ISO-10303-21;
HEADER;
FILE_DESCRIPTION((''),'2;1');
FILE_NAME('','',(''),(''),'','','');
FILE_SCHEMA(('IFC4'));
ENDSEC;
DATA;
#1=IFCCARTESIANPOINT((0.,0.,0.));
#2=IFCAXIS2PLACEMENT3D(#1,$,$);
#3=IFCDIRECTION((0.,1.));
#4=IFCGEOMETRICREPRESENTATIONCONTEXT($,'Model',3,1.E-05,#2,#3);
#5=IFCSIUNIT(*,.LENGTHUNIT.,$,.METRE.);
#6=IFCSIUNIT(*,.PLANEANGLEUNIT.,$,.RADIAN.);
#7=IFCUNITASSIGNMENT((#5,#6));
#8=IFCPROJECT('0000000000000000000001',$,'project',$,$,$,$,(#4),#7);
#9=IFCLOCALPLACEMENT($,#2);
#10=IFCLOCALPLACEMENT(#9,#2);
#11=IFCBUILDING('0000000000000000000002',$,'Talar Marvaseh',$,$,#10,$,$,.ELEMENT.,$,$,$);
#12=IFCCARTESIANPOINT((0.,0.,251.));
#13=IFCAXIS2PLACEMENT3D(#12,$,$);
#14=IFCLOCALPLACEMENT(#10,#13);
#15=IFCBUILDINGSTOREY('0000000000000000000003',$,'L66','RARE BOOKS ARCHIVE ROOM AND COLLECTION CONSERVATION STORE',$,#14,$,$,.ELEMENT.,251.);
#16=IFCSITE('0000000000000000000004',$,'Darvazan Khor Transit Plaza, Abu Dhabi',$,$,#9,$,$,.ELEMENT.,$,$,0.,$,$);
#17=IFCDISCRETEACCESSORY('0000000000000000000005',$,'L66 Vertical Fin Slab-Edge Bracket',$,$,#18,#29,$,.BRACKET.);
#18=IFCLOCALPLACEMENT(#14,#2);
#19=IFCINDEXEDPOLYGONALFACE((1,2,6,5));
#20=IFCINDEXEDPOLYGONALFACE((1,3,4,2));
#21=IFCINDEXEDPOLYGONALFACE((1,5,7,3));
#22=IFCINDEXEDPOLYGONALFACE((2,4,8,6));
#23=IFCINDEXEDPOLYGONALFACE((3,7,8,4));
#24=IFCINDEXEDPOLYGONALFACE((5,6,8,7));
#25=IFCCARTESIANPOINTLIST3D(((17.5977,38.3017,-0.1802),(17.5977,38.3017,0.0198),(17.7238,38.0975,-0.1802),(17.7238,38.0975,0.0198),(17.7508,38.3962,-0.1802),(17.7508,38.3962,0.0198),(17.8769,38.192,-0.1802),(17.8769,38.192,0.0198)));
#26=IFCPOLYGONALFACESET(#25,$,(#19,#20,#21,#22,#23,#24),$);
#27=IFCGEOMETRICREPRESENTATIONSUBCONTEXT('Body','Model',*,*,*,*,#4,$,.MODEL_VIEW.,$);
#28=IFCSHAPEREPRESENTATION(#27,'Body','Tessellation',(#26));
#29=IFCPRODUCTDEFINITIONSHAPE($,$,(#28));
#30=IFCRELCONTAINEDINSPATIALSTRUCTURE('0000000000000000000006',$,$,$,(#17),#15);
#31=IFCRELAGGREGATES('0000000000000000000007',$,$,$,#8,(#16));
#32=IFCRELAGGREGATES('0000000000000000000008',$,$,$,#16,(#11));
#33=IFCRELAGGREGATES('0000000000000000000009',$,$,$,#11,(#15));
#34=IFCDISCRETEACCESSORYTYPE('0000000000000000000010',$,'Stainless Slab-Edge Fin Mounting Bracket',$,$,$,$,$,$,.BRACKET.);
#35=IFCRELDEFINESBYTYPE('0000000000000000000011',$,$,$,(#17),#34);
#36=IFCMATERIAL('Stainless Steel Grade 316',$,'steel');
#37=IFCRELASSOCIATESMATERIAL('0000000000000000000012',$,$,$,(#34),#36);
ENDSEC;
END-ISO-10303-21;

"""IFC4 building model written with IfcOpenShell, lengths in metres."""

from ifc_helpers import new_model, si_unit, direction, frame, origin, origin_2d, place, context, subcontext, project, spatial, rectangle, extrude, source, transform, mapped, material, type_object, type_shapes, element, save


model = new_model("IFC4")

# Units and contexts
model_context = context("Model", 3, precision=1e-05, world=origin(), true_north=direction((0.0, 1.0)))
body_context = subcontext(model_context, "Body", "Model", "MODEL_VIEW")
ifc_project = project(units=[si_unit("LENGTHUNIT", "METRE"), si_unit("PLANEANGLEUNIT", "RADIAN")], contexts=[model_context])

# Site, building, storey
site_placement = place(None, origin())
site = spatial("IfcSite", under=ifc_project, at=site_placement, Name="Darvazan Khor Transit Plaza, Abu Dhabi", CompositionType="ELEMENT", RefElevation=0.0)
building_placement = place(site_placement, origin())
building = spatial("IfcBuilding", under=site, at=building_placement, Name="Talar Marvaseh", CompositionType="ELEMENT")
storey_placement = place(building_placement, frame((0.0, 0.0, 251.0)))
storey = spatial("IfcBuildingStorey", under=building, at=storey_placement, Name="L66", Description="RARE BOOKS ARCHIVE ROOM AND COLLECTION CONSERVATION STORE", CompositionType="ELEMENT", Elevation=251.0)

# Discrete accessory
ifc_material_1 = material(Name="Stainless Steel Grade 316", Category="steel")
discrete_accessory_type = type_object("IfcDiscreteAccessoryType", Name="Stainless Slab-Edge Fin Mounting Bracket", PredefinedType="BRACKET", material=ifc_material_1)
shared_shape_1 = source(origin(), body_context, "Body", "SweptSolid", [
    extrude(rectangle(XDim=0.24, YDim=0.1799, at=origin_2d()), origin(), (0.0, 0.0, 1.0), 0.2),
])
type_shapes(discrete_accessory_type, [shared_shape_1])
for number, where, z_axis, x_axis, name in (
    (1, (17.7373, 38.2468, -0.1802), (0.0, 0.0, 1.0), (-0.525175, 0.850994, 0.0), "L66 Vertical Fin Slab-Edge Bracket"),
):
    element("IfcDiscreteAccessory", number, at=place(storey_placement, frame(where, z_axis=z_axis, x_axis=x_axis)), inside=storey, type_object=discrete_accessory_type, Name=name, PredefinedType="BRACKET", context=body_context, shape_type="MappedRepresentation", body=[
        mapped(shared_shape_1, transform((0.0, 0.0, 0.0), x_axis=(1.0, 0.0, 0.0), y_axis=(0.0, 1.0, 0.0), z_axis=(0.0, 0.0, 1.0), scale=1.0)),
    ])

save(model, "model.ifc")
